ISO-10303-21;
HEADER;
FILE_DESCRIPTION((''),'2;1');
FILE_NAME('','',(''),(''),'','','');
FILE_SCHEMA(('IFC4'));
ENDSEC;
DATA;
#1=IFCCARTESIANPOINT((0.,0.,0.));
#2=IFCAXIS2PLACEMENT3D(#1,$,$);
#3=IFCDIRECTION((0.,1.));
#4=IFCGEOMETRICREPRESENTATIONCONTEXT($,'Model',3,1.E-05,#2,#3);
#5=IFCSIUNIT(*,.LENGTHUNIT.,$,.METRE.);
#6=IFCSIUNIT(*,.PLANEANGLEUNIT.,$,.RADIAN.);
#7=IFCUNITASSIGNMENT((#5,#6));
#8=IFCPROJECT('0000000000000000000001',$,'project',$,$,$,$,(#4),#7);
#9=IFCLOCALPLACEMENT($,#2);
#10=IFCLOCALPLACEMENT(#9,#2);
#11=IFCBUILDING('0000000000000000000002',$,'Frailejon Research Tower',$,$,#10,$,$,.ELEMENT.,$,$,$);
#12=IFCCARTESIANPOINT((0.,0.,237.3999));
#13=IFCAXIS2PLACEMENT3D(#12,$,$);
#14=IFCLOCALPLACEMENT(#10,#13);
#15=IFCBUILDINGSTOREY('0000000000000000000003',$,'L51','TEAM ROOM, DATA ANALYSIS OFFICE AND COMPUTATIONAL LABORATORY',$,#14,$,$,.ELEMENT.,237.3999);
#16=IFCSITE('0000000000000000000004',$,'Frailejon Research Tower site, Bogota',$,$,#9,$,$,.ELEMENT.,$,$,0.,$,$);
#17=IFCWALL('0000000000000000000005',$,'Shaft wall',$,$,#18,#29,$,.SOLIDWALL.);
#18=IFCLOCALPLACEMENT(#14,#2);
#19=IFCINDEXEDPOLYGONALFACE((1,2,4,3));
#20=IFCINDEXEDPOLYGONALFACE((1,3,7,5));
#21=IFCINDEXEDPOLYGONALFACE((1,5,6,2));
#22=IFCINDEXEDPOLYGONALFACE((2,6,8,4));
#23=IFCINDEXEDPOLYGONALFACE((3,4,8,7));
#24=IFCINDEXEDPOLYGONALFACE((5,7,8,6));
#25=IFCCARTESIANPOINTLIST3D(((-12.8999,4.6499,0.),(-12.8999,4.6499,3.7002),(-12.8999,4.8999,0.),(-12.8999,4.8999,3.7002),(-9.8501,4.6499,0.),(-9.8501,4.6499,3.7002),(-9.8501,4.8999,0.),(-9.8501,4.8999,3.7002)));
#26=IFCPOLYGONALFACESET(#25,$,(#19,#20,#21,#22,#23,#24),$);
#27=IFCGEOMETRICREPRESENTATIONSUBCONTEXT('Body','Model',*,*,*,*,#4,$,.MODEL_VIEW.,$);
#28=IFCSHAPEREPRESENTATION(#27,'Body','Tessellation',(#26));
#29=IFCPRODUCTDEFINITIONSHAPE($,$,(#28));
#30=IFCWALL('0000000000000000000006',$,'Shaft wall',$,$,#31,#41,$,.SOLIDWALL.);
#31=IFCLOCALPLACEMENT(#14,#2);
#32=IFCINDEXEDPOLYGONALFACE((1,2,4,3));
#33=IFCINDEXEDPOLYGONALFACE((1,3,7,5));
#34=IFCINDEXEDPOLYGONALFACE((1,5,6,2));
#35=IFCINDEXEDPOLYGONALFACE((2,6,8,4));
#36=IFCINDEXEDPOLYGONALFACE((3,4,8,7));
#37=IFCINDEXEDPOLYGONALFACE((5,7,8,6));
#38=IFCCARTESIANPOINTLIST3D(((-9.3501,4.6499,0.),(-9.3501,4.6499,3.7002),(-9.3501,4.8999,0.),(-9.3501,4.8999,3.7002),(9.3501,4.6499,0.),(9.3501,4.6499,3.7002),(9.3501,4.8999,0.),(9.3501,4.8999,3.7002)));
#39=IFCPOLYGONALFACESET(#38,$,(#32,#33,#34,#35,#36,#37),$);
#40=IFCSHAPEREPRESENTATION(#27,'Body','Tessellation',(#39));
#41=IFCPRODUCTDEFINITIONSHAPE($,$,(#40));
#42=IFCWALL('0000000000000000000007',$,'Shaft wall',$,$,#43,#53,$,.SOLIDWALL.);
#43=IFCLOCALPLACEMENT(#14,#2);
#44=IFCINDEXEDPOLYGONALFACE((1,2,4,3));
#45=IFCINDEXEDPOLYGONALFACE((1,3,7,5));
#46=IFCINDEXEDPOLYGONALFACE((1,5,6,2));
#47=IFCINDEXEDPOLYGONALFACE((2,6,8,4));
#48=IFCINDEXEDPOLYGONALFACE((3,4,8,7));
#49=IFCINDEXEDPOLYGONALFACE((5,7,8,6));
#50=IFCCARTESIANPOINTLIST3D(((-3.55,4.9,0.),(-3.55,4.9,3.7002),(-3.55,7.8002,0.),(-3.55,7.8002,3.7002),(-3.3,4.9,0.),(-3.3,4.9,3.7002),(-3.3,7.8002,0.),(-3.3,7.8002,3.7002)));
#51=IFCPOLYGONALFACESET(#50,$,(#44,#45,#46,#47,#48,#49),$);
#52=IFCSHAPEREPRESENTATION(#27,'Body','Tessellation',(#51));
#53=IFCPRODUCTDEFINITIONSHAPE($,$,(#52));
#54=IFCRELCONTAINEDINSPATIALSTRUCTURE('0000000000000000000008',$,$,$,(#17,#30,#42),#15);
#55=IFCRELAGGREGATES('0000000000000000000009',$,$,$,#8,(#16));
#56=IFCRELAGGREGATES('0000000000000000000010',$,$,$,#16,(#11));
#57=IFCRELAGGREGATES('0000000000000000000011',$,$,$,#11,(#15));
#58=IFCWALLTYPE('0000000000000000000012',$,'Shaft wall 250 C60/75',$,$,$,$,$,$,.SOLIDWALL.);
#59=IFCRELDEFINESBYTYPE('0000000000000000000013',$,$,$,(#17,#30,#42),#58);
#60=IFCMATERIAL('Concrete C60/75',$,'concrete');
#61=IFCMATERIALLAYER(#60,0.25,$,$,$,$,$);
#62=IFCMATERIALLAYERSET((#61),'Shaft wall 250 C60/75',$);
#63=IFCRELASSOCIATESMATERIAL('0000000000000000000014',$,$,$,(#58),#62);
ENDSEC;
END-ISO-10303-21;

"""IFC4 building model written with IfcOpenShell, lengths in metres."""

from ifc_helpers import new_model, si_unit, direction, frame, frame_2d, origin, place, context, subcontext, project, spatial, rectangle, extrude, material, layer, layer_set, type_object, element, save


model = new_model("IFC4")

# Units and contexts
model_context = context("Model", 3, precision=1e-05, world=origin(), true_north=direction((0.0, 1.0)))
body_context = subcontext(model_context, "Body", "Model", "MODEL_VIEW")
ifc_project = project(units=[si_unit("LENGTHUNIT", "METRE"), si_unit("PLANEANGLEUNIT", "RADIAN")], contexts=[model_context])

# Site, building, storey
site_placement = place(None, origin())
site = spatial("IfcSite", under=ifc_project, at=site_placement, Name="Frailejon Research Tower site, Bogota", CompositionType="ELEMENT", RefElevation=0.0)
building_placement = place(site_placement, origin())
building = spatial("IfcBuilding", under=site, at=building_placement, Name="Frailejon Research Tower", CompositionType="ELEMENT")
storey_placement = place(building_placement, frame((0.0, 0.0, 237.3999)))
storey = spatial("IfcBuildingStorey", under=building, at=storey_placement, Name="L51", Description="TEAM ROOM, DATA ANALYSIS OFFICE AND COMPUTATIONAL LABORATORY", CompositionType="ELEMENT", Elevation=237.3999)

# Shared definitions
ifc_material_1 = material(Name="Concrete C60/75", Category="concrete")
ifc_layer_1 = layer(ifc_material_1, 0.25)
ifc_layer_set_1 = layer_set([ifc_layer_1], Name="Shaft wall 250 C60/75")
wall_type_1 = type_object("IfcWallType", Name="Shaft wall 250 C60/75", PredefinedType="SOLIDWALL", material=ifc_layer_set_1)

# Walls
wall_1_placement = place(storey_placement, frame((-12.8999, 4.7749, 0.0), z_axis=(0.0, 0.0, 1.0), x_axis=(1.0, 0.0, 0.0)))
element("IfcWall", 1, at=wall_1_placement, inside=storey, type_object=wall_type_1, Name="Shaft wall", PredefinedType="SOLIDWALL", context=body_context, shape_type="SweptSolid", body=[
    extrude(rectangle(XDim=3.0498, YDim=0.25, at=frame_2d((1.5249, 0.0))), origin(), (0.0, 0.0, 1.0), 3.7002),
])
wall_2_placement = place(storey_placement, frame((-9.3501, 4.7749, 0.0), z_axis=(0.0, 0.0, 1.0), x_axis=(1.0, 0.0, 0.0)))
element("IfcWall", 2, at=wall_2_placement, inside=storey, type_object=wall_type_1, Name="Shaft wall", PredefinedType="SOLIDWALL", context=body_context, shape_type="SweptSolid", body=[
    extrude(rectangle(XDim=18.7002, YDim=0.25, at=frame_2d((9.3501, 0.0))), origin(), (0.0, 0.0, 1.0), 3.7002),
])
wall_3_placement = place(storey_placement, frame((-3.425, 4.8999, 0.0), z_axis=(0.0, 0.0, 1.0), x_axis=(0.0, 1.0, 0.0)))
element("IfcWall", 3, at=wall_3_placement, inside=storey, type_object=wall_type_1, Name="Shaft wall", PredefinedType="SOLIDWALL", context=body_context, shape_type="SweptSolid", body=[
    extrude(rectangle(XDim=2.9001, YDim=0.25, at=frame_2d((1.4502, 0.0))), origin(), (0.0, 0.0, 1.0), 3.7002),
])

save(model, "model.ifc")
